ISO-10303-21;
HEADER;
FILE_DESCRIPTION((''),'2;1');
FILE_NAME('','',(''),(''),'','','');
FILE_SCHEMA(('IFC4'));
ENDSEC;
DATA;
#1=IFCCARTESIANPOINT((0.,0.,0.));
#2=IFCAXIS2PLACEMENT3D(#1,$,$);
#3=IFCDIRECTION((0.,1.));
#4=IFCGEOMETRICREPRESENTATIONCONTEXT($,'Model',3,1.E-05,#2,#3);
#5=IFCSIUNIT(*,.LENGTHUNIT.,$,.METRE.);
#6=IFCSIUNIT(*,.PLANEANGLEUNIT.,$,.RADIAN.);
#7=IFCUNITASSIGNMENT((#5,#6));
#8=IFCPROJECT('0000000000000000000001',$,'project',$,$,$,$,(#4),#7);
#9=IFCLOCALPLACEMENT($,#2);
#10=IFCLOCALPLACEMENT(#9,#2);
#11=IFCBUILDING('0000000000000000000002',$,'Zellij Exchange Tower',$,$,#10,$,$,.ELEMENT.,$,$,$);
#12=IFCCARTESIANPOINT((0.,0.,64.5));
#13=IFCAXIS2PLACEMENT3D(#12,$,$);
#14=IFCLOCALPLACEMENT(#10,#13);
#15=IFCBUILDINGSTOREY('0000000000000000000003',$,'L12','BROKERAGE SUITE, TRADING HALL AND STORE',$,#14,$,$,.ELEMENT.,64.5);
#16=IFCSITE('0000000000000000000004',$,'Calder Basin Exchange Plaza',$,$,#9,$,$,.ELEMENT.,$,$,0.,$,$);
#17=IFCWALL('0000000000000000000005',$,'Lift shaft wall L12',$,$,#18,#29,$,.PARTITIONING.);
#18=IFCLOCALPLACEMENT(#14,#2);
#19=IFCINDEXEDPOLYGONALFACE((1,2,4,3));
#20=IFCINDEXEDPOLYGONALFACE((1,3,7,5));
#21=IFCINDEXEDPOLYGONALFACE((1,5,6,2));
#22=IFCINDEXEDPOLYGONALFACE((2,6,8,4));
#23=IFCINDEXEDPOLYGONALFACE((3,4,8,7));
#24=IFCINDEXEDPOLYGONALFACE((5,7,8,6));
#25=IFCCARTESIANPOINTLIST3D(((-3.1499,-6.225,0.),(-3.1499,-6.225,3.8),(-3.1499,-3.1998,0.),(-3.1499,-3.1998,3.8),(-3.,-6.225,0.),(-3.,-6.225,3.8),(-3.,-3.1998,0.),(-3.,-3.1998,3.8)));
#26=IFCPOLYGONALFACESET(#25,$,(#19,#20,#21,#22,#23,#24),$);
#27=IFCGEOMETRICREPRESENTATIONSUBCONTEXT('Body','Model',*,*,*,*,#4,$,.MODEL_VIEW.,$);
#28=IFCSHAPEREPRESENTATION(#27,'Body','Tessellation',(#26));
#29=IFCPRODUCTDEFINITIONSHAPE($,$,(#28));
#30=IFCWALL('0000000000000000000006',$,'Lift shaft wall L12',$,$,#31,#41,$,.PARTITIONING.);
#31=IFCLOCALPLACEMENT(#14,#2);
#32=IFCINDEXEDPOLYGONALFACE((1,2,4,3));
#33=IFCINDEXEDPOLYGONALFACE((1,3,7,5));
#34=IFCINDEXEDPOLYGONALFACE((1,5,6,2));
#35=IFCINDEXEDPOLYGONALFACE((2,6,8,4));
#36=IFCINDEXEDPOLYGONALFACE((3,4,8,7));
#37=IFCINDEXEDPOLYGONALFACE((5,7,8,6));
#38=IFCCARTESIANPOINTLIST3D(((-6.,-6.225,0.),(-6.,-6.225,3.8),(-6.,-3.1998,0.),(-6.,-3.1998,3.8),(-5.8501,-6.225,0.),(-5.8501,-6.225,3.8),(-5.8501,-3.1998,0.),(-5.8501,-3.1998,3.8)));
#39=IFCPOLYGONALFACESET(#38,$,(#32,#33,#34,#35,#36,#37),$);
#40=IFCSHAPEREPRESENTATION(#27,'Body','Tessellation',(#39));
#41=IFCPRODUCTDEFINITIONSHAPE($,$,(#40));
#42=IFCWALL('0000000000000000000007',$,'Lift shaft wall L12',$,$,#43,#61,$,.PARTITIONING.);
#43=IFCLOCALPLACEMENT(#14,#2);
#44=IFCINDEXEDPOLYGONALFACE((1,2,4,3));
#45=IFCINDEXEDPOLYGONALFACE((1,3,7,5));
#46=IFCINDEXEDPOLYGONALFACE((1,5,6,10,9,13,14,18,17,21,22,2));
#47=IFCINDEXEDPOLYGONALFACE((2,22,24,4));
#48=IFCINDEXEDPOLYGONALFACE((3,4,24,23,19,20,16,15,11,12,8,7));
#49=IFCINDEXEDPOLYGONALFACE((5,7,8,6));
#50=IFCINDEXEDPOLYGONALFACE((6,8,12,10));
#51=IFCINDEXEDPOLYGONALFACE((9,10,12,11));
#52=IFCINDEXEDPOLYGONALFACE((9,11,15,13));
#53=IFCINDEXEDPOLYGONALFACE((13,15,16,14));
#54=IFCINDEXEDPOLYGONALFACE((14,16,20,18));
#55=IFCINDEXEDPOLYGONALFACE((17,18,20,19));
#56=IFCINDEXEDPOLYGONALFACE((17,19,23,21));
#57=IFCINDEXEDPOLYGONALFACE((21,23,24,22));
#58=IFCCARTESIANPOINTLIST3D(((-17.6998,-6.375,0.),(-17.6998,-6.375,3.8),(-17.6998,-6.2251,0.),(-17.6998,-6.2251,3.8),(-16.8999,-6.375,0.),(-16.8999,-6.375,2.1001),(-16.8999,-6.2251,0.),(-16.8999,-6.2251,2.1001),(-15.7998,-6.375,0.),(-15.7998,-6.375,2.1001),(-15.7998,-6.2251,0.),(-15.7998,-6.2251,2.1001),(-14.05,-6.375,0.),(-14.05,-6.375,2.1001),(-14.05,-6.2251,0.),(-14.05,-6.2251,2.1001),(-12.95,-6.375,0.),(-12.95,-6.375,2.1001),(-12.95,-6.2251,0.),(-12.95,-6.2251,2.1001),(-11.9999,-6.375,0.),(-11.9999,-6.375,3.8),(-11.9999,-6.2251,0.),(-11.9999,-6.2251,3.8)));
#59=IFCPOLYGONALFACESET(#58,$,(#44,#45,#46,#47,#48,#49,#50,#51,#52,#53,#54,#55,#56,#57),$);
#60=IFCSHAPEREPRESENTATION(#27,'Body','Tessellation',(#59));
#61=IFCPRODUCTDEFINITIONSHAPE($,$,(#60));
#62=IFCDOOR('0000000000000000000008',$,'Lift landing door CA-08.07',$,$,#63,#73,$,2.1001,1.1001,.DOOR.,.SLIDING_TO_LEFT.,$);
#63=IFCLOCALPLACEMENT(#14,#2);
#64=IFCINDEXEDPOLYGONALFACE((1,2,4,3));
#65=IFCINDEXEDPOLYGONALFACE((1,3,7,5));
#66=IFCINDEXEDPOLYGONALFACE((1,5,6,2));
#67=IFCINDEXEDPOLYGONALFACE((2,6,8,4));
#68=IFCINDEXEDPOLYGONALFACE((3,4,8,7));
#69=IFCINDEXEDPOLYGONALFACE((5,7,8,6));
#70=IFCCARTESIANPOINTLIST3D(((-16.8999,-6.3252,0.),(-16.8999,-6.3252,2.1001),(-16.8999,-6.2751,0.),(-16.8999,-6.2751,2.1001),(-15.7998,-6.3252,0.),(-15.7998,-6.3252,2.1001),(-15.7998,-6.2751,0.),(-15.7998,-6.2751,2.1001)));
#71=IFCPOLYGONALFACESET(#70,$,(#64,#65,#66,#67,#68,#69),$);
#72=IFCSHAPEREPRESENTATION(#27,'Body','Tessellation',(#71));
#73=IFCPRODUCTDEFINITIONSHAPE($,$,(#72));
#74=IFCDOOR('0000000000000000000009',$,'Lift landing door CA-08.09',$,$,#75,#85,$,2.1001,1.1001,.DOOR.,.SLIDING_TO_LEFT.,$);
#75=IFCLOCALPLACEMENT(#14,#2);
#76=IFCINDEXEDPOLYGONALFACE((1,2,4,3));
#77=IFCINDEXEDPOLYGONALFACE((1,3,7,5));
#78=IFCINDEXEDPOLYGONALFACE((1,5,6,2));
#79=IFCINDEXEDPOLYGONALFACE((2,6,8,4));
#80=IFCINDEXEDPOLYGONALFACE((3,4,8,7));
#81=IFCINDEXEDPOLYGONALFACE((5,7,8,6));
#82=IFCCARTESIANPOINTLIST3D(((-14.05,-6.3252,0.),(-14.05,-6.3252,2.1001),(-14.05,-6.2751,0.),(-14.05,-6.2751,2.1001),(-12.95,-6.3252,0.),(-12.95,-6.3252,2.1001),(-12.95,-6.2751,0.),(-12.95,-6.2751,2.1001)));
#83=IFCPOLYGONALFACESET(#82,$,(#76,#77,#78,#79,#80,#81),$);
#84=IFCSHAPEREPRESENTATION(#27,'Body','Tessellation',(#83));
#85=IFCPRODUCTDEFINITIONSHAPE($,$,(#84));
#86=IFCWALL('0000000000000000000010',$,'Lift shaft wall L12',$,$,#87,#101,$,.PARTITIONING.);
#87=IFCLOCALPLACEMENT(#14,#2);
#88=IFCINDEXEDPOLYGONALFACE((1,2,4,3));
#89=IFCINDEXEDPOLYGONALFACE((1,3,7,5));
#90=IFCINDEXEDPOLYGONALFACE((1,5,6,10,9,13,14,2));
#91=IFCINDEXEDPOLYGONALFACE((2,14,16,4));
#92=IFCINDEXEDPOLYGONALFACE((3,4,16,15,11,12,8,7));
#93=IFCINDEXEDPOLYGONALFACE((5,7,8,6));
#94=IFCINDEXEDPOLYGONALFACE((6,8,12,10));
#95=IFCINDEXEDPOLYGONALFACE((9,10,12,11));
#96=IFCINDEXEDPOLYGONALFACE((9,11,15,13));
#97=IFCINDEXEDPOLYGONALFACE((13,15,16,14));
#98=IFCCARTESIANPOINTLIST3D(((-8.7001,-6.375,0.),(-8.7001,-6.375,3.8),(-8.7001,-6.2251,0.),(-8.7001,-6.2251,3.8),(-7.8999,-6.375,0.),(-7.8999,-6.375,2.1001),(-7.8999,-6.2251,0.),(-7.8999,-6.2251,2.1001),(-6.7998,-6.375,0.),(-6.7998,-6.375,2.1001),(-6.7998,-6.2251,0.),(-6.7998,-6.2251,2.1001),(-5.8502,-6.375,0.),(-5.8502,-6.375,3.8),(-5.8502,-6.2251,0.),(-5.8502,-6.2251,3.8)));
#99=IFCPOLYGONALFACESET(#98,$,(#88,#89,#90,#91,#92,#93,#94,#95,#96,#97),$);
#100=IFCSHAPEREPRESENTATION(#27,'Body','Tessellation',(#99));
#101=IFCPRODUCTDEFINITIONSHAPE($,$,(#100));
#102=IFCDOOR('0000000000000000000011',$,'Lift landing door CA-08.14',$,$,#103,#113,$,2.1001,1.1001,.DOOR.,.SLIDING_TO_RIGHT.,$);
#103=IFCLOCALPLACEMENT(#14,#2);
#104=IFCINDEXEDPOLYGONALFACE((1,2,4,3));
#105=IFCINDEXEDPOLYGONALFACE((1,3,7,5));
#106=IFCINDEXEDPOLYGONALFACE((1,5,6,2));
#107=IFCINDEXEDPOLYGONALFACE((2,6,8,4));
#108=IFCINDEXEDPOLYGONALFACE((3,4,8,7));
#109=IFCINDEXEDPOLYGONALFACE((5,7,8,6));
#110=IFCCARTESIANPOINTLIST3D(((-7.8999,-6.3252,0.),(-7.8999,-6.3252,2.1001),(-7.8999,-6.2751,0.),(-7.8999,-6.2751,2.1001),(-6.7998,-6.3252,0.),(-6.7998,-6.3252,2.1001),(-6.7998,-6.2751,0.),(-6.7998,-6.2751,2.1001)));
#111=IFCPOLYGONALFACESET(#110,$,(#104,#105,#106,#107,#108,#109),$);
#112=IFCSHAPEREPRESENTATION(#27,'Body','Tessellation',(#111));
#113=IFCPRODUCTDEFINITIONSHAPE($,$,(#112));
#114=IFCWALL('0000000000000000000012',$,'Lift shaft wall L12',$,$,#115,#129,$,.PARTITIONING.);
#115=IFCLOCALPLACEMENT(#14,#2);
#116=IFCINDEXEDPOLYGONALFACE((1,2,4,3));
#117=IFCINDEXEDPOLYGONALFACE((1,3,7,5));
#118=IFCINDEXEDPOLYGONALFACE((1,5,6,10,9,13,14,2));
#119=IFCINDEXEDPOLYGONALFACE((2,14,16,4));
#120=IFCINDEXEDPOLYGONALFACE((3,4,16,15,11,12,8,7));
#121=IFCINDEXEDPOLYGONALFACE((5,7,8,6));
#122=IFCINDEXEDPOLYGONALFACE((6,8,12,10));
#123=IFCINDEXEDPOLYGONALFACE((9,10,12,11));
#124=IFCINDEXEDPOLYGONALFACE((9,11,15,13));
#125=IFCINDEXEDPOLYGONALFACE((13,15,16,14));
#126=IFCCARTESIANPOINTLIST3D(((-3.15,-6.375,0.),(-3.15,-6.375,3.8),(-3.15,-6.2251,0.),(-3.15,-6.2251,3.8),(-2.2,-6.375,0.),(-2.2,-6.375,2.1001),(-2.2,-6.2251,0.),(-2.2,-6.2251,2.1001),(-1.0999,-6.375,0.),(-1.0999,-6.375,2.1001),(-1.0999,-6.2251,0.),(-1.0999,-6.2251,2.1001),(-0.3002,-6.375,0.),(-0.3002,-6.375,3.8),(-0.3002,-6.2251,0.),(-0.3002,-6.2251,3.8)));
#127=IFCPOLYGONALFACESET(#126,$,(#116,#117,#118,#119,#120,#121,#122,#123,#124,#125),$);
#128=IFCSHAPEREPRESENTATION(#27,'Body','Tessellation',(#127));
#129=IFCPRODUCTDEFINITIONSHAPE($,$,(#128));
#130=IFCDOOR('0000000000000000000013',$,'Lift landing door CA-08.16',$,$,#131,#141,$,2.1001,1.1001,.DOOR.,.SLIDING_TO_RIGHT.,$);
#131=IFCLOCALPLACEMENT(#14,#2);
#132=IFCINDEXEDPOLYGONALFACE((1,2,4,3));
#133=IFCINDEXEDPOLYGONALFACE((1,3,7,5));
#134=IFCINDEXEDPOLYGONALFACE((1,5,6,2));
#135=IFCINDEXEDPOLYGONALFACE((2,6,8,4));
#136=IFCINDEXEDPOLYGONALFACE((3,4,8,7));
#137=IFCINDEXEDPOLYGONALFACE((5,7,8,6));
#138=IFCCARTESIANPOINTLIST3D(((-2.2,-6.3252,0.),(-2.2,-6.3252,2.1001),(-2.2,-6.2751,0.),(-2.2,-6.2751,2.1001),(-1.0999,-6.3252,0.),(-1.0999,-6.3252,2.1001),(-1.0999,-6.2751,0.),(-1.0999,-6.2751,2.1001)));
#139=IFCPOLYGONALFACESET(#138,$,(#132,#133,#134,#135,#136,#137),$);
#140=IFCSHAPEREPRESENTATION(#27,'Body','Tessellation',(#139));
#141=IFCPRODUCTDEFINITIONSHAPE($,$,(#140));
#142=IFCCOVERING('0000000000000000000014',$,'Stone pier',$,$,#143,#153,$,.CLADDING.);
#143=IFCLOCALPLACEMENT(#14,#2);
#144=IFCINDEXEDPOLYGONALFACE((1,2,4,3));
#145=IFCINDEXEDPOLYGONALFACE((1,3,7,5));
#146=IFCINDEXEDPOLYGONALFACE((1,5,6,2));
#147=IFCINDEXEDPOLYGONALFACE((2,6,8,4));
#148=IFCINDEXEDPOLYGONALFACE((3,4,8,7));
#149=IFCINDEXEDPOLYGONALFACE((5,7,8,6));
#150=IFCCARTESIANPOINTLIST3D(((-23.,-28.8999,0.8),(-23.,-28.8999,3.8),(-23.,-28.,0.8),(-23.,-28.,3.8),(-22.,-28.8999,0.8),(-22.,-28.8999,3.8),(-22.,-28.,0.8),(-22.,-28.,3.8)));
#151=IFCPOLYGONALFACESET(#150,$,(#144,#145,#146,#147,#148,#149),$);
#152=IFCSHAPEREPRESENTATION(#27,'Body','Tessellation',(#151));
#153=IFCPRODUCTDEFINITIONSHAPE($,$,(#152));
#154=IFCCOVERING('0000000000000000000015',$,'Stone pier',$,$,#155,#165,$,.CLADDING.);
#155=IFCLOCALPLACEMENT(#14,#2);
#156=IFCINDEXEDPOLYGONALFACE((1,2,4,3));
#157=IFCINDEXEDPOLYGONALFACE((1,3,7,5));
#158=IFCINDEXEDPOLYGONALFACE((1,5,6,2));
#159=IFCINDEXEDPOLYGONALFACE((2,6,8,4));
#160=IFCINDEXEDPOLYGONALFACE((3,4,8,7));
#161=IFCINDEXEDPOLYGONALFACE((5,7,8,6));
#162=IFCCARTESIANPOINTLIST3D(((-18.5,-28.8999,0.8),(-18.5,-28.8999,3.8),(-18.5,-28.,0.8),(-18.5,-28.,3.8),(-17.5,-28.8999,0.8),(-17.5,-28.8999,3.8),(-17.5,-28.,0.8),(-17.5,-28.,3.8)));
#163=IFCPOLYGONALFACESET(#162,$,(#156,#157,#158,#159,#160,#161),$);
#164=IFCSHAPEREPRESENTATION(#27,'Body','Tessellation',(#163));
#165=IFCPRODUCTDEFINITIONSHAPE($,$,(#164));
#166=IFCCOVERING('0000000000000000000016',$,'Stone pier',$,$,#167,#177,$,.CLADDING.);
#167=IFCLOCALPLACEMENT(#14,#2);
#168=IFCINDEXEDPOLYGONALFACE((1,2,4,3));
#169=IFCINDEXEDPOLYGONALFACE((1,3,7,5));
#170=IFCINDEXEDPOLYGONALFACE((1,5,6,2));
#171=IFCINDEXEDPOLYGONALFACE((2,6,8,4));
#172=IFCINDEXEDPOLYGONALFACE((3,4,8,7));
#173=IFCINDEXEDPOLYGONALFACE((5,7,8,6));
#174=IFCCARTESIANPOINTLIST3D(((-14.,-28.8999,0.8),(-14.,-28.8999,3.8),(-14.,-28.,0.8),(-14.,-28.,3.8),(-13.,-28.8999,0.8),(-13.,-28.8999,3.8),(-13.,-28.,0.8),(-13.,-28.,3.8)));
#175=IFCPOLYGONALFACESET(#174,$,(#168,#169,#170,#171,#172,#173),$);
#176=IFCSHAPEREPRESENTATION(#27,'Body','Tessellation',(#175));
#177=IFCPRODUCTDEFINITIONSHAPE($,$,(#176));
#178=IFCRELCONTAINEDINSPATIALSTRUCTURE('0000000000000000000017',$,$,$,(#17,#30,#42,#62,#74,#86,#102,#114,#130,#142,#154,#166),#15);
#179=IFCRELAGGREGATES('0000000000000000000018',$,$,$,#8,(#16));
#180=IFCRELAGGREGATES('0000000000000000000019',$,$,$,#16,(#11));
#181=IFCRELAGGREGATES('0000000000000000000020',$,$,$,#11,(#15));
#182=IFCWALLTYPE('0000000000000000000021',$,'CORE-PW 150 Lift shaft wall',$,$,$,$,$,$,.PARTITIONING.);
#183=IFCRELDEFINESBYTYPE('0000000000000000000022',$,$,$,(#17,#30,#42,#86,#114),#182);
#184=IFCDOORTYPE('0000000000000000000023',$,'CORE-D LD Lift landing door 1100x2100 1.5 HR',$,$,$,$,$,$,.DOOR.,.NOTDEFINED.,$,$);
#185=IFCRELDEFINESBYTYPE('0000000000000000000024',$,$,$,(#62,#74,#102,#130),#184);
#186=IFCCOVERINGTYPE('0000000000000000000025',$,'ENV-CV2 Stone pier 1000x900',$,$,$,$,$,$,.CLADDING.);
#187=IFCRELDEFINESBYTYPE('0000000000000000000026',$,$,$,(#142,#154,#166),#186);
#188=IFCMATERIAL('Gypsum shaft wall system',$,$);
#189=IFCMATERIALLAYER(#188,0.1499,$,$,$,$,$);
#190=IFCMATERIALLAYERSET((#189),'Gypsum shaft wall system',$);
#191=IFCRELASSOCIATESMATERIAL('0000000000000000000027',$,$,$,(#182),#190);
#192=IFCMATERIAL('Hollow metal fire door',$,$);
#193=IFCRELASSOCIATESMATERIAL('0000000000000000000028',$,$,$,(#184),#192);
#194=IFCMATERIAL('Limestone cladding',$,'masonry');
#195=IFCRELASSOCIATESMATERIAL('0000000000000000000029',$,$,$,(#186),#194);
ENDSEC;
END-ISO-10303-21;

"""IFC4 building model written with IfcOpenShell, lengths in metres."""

from ifc_helpers import new_model, si_unit, direction, frame, frame_2d, origin, place, context, subcontext, project, spatial, polyline, rectangle, outline, extrude, material, layer, layer_set, type_object, element, fill, save


model = new_model("IFC4")

# Units and contexts
model_context = context("Model", 3, precision=1e-05, world=origin(), true_north=direction((0.0, 1.0)))
body_context = subcontext(model_context, "Body", "Model", "MODEL_VIEW")
ifc_project = project(units=[si_unit("LENGTHUNIT", "METRE"), si_unit("PLANEANGLEUNIT", "RADIAN")], contexts=[model_context])

# Site, building, storey
site_placement = place(None, origin())
site = spatial("IfcSite", under=ifc_project, at=site_placement, Name="Calder Basin Exchange Plaza", CompositionType="ELEMENT", RefElevation=0.0)
building_placement = place(site_placement, origin())
building = spatial("IfcBuilding", under=site, at=building_placement, Name="Zellij Exchange Tower", CompositionType="ELEMENT")
storey_placement = place(building_placement, frame((0.0, 0.0, 64.5)))
storey = spatial("IfcBuildingStorey", under=building, at=storey_placement, Name="L12", Description="BROKERAGE SUITE, TRADING HALL AND STORE", CompositionType="ELEMENT", Elevation=64.5)

# Walls
ifc_material_1 = material(Name="Gypsum shaft wall system")
ifc_layer_1 = layer(ifc_material_1, 0.1499)
ifc_layer_set_1 = layer_set([ifc_layer_1], Name="Gypsum shaft wall system")
wall_type_1 = type_object("IfcWallType", Name="CORE-PW 150 Lift shaft wall", PredefinedType="PARTITIONING", material=ifc_layer_set_1)
for number, where, z_axis, x_axis, name in (
    (1, (-3.075, -6.2251, 0.0), (0.0, 0.0, 1.0), (0.0, 1.0, 0.0), "Lift shaft wall L12"),
    (2, (-5.925, -6.2251, 0.0), (0.0, 0.0, 1.0), (0.0, 1.0, 0.0), "Lift shaft wall L12"),
):
    element("IfcWall", number, at=place(storey_placement, frame(where, z_axis=z_axis, x_axis=x_axis)), inside=storey, type_object=wall_type_1, Name=name, PredefinedType="PARTITIONING", context=body_context, shape_type="SweptSolid", body=[
        extrude(rectangle(XDim=3.0251, YDim=0.1499, at=frame_2d((1.5127, 0.0))), origin(), (0.0, 0.0, 1.0), 3.8),
    ])

# Wall, openings, doors
wall_1_placement = place(storey_placement, frame((-17.7, -6.3, 0.0), z_axis=(0.0, 0.0, 1.0), x_axis=(1.0, 0.0, 0.0)))
wall_1 = element("IfcWall", 3, at=wall_1_placement, inside=storey, type_object=wall_type_1, Name="Lift shaft wall L12", PredefinedType="PARTITIONING", context=body_context, shape_type="SweptSolid", body=[
    extrude(rectangle(XDim=5.7, YDim=0.1499, at=frame_2d((2.8501, 0.0))), origin(), (0.0, 0.0, 1.0), 3.8),
])
opening_1_placement = place(wall_1_placement, frame((0.8, 0.0, 0.0)))
opening_1 = element("IfcOpeningElement", 4, at=opening_1_placement, cuts=wall_1, PredefinedType="OPENING", context=body_context, shape_type="SweptSolid", body=[
    extrude(rectangle(XDim=1.1001, YDim=2.1001, at=frame_2d((0.55, 1.05))), frame((0.0, 0.0869, 0.0), z_axis=(0.0, -1.0, 0.0), x_axis=(1.0, 0.0, 0.0)), (0.0, 0.0, 1.0), 0.1738),
])
opening_2_placement = place(wall_1_placement, frame((3.6499, 0.0, 0.0)))
opening_2 = element("IfcOpeningElement", 5, at=opening_2_placement, cuts=wall_1, PredefinedType="OPENING", context=body_context, shape_type="SweptSolid", body=[
    extrude(rectangle(XDim=1.1001, YDim=2.1001, at=frame_2d((0.55, 1.05))), frame((0.0, 0.0869, 0.0), z_axis=(0.0, -1.0, 0.0), x_axis=(1.0, 0.0, 0.0)), (0.0, 0.0, 1.0), 0.1738),
])
ifc_material_2 = material(Name="Hollow metal fire door")
door_type = type_object("IfcDoorType", Name="CORE-D LD Lift landing door 1100x2100 1.5 HR", OperationType="NOTDEFINED", PredefinedType="DOOR", material=ifc_material_2)
door_1_placement = place(opening_1_placement, origin())
door_1 = element("IfcDoor", 6, at=door_1_placement, inside=storey, type_object=door_type, Name="Lift landing door CA-08.07", OperationType="SLIDING_TO_LEFT", OverallHeight=2.1001, OverallWidth=1.1001, PredefinedType="DOOR", context=body_context, shape_type="SweptSolid", body=[
    extrude(rectangle(XDim=1.1001, YDim=2.1001, at=frame_2d((0.55, 1.05))), frame((0.0, 0.0249, 0.0), z_axis=(0.0, -1.0, 0.0), x_axis=(1.0, 0.0, 0.0)), (0.0, 0.0, 1.0), 0.05),
])
fill(opening_1, door_1)
door_2_placement = place(opening_2_placement, origin())
door_2 = element("IfcDoor", 7, at=door_2_placement, inside=storey, type_object=door_type, Name="Lift landing door CA-08.09", OperationType="SLIDING_TO_LEFT", OverallHeight=2.1001, OverallWidth=1.1001, PredefinedType="DOOR", context=body_context, shape_type="SweptSolid", body=[
    extrude(rectangle(XDim=1.1001, YDim=2.1001, at=frame_2d((0.55, 1.05))), frame((0.0, 0.0249, 0.0), z_axis=(0.0, -1.0, 0.0), x_axis=(1.0, 0.0, 0.0)), (0.0, 0.0, 1.0), 0.05),
])
fill(opening_2, door_2)

# Walls, openings, doors
wall_2_placement = place(storey_placement, frame((-8.7, -6.3, 0.0), z_axis=(0.0, 0.0, 1.0), x_axis=(1.0, 0.0, 0.0)))
wall_2 = element("IfcWall", 8, at=wall_2_placement, inside=storey, type_object=wall_type_1, Name="Lift shaft wall L12", PredefinedType="PARTITIONING", context=body_context, shape_type="SweptSolid", body=[
    extrude(rectangle(XDim=2.8499, YDim=0.1499, at=frame_2d((1.4248, 0.0))), origin(), (0.0, 0.0, 1.0), 3.8),
])
opening_3_placement = place(wall_2_placement, frame((0.8, 0.0, 0.0)))
opening_3 = element("IfcOpeningElement", 9, at=opening_3_placement, cuts=wall_2, PredefinedType="OPENING", context=body_context, shape_type="SweptSolid", body=[
    extrude(rectangle(XDim=1.1001, YDim=2.1001, at=frame_2d((0.55, 1.05))), frame((0.0, 0.0869, 0.0), z_axis=(0.0, -1.0, 0.0), x_axis=(1.0, 0.0, 0.0)), (0.0, 0.0, 1.0), 0.1738),
])
door_3_placement = place(opening_3_placement, origin())
door_3 = element("IfcDoor", 10, at=door_3_placement, inside=storey, type_object=door_type, Name="Lift landing door CA-08.14", OperationType="SLIDING_TO_RIGHT", OverallHeight=2.1001, OverallWidth=1.1001, PredefinedType="DOOR", context=body_context, shape_type="SweptSolid", body=[
    extrude(rectangle(XDim=1.1001, YDim=2.1001, at=frame_2d((0.55, 1.05))), frame((0.0, 0.0249, 0.0), z_axis=(0.0, -1.0, 0.0), x_axis=(1.0, 0.0, 0.0)), (0.0, 0.0, 1.0), 0.05),
])
fill(opening_3, door_3)
wall_3_placement = place(storey_placement, frame((-3.1499, -6.3, 0.0), z_axis=(0.0, 0.0, 1.0), x_axis=(1.0, 0.0, 0.0)))
wall_3 = element("IfcWall", 11, at=wall_3_placement, inside=storey, type_object=wall_type_1, Name="Lift shaft wall L12", PredefinedType="PARTITIONING", context=body_context, shape_type="SweptSolid", body=[
    extrude(rectangle(XDim=2.8499, YDim=0.1499, at=frame_2d((1.4248, 0.0))), origin(), (0.0, 0.0, 1.0), 3.8),
])
opening_4_placement = place(wall_3_placement, frame((0.95, 0.0, 0.0)))
opening_4 = element("IfcOpeningElement", 12, at=opening_4_placement, cuts=wall_3, PredefinedType="OPENING", context=body_context, shape_type="SweptSolid", body=[
    extrude(rectangle(XDim=1.1001, YDim=2.1001, at=frame_2d((0.55, 1.05))), frame((0.0, 0.0869, 0.0), z_axis=(0.0, -1.0, 0.0), x_axis=(1.0, 0.0, 0.0)), (0.0, 0.0, 1.0), 0.1738),
])
door_4_placement = place(opening_4_placement, origin())
door_4 = element("IfcDoor", 13, at=door_4_placement, inside=storey, type_object=door_type, Name="Lift landing door CA-08.16", OperationType="SLIDING_TO_RIGHT", OverallHeight=2.1001, OverallWidth=1.1001, PredefinedType="DOOR", context=body_context, shape_type="SweptSolid", body=[
    extrude(rectangle(XDim=1.1001, YDim=2.1001, at=frame_2d((0.55, 1.05))), frame((0.0, 0.0249, 0.0), z_axis=(0.0, -1.0, 0.0), x_axis=(1.0, 0.0, 0.0)), (0.0, 0.0, 1.0), 0.05),
])
fill(opening_4, door_4)

# Coverings
ifc_material_3 = material(Name="Limestone cladding", Category="masonry")
covering_type = type_object("IfcCoveringType", Name="ENV-CV2 Stone pier 1000x900", PredefinedType="CLADDING", material=ifc_material_3)
covering_1_placement = place(storey_placement, frame((0.0, 0.0, 0.8)))
element("IfcCovering", 14, at=covering_1_placement, inside=storey, type_object=covering_type, Name="Stone pier", PredefinedType="CLADDING", context=body_context, shape_type="SweptSolid", body=[
    extrude(outline(polyline([(-23.0, -28.0), (-22.0, -28.0), (-22.0, -28.8999), (-23.0, -28.8999), (-23.0, -28.0)])), origin(), (0.0, 0.0, 1.0), 3.0),
])
covering_2_placement = place(storey_placement, frame((0.0, 0.0, 0.8)))
element("IfcCovering", 15, at=covering_2_placement, inside=storey, type_object=covering_type, Name="Stone pier", PredefinedType="CLADDING", context=body_context, shape_type="SweptSolid", body=[
    extrude(outline(polyline([(-18.5, -28.0), (-17.5, -28.0), (-17.5, -28.8999), (-18.5, -28.8999), (-18.5, -28.0)])), origin(), (0.0, 0.0, 1.0), 3.0),
])
covering_3_placement = place(storey_placement, frame((0.0, 0.0, 0.8)))
element("IfcCovering", 16, at=covering_3_placement, inside=storey, type_object=covering_type, Name="Stone pier", PredefinedType="CLADDING", context=body_context, shape_type="SweptSolid", body=[
    extrude(outline(polyline([(-14.0, -28.0), (-13.0, -28.0), (-13.0, -28.8999), (-14.0, -28.8999), (-14.0, -28.0)])), origin(), (0.0, 0.0, 1.0), 3.0),
])

save(model, "model.ifc")
